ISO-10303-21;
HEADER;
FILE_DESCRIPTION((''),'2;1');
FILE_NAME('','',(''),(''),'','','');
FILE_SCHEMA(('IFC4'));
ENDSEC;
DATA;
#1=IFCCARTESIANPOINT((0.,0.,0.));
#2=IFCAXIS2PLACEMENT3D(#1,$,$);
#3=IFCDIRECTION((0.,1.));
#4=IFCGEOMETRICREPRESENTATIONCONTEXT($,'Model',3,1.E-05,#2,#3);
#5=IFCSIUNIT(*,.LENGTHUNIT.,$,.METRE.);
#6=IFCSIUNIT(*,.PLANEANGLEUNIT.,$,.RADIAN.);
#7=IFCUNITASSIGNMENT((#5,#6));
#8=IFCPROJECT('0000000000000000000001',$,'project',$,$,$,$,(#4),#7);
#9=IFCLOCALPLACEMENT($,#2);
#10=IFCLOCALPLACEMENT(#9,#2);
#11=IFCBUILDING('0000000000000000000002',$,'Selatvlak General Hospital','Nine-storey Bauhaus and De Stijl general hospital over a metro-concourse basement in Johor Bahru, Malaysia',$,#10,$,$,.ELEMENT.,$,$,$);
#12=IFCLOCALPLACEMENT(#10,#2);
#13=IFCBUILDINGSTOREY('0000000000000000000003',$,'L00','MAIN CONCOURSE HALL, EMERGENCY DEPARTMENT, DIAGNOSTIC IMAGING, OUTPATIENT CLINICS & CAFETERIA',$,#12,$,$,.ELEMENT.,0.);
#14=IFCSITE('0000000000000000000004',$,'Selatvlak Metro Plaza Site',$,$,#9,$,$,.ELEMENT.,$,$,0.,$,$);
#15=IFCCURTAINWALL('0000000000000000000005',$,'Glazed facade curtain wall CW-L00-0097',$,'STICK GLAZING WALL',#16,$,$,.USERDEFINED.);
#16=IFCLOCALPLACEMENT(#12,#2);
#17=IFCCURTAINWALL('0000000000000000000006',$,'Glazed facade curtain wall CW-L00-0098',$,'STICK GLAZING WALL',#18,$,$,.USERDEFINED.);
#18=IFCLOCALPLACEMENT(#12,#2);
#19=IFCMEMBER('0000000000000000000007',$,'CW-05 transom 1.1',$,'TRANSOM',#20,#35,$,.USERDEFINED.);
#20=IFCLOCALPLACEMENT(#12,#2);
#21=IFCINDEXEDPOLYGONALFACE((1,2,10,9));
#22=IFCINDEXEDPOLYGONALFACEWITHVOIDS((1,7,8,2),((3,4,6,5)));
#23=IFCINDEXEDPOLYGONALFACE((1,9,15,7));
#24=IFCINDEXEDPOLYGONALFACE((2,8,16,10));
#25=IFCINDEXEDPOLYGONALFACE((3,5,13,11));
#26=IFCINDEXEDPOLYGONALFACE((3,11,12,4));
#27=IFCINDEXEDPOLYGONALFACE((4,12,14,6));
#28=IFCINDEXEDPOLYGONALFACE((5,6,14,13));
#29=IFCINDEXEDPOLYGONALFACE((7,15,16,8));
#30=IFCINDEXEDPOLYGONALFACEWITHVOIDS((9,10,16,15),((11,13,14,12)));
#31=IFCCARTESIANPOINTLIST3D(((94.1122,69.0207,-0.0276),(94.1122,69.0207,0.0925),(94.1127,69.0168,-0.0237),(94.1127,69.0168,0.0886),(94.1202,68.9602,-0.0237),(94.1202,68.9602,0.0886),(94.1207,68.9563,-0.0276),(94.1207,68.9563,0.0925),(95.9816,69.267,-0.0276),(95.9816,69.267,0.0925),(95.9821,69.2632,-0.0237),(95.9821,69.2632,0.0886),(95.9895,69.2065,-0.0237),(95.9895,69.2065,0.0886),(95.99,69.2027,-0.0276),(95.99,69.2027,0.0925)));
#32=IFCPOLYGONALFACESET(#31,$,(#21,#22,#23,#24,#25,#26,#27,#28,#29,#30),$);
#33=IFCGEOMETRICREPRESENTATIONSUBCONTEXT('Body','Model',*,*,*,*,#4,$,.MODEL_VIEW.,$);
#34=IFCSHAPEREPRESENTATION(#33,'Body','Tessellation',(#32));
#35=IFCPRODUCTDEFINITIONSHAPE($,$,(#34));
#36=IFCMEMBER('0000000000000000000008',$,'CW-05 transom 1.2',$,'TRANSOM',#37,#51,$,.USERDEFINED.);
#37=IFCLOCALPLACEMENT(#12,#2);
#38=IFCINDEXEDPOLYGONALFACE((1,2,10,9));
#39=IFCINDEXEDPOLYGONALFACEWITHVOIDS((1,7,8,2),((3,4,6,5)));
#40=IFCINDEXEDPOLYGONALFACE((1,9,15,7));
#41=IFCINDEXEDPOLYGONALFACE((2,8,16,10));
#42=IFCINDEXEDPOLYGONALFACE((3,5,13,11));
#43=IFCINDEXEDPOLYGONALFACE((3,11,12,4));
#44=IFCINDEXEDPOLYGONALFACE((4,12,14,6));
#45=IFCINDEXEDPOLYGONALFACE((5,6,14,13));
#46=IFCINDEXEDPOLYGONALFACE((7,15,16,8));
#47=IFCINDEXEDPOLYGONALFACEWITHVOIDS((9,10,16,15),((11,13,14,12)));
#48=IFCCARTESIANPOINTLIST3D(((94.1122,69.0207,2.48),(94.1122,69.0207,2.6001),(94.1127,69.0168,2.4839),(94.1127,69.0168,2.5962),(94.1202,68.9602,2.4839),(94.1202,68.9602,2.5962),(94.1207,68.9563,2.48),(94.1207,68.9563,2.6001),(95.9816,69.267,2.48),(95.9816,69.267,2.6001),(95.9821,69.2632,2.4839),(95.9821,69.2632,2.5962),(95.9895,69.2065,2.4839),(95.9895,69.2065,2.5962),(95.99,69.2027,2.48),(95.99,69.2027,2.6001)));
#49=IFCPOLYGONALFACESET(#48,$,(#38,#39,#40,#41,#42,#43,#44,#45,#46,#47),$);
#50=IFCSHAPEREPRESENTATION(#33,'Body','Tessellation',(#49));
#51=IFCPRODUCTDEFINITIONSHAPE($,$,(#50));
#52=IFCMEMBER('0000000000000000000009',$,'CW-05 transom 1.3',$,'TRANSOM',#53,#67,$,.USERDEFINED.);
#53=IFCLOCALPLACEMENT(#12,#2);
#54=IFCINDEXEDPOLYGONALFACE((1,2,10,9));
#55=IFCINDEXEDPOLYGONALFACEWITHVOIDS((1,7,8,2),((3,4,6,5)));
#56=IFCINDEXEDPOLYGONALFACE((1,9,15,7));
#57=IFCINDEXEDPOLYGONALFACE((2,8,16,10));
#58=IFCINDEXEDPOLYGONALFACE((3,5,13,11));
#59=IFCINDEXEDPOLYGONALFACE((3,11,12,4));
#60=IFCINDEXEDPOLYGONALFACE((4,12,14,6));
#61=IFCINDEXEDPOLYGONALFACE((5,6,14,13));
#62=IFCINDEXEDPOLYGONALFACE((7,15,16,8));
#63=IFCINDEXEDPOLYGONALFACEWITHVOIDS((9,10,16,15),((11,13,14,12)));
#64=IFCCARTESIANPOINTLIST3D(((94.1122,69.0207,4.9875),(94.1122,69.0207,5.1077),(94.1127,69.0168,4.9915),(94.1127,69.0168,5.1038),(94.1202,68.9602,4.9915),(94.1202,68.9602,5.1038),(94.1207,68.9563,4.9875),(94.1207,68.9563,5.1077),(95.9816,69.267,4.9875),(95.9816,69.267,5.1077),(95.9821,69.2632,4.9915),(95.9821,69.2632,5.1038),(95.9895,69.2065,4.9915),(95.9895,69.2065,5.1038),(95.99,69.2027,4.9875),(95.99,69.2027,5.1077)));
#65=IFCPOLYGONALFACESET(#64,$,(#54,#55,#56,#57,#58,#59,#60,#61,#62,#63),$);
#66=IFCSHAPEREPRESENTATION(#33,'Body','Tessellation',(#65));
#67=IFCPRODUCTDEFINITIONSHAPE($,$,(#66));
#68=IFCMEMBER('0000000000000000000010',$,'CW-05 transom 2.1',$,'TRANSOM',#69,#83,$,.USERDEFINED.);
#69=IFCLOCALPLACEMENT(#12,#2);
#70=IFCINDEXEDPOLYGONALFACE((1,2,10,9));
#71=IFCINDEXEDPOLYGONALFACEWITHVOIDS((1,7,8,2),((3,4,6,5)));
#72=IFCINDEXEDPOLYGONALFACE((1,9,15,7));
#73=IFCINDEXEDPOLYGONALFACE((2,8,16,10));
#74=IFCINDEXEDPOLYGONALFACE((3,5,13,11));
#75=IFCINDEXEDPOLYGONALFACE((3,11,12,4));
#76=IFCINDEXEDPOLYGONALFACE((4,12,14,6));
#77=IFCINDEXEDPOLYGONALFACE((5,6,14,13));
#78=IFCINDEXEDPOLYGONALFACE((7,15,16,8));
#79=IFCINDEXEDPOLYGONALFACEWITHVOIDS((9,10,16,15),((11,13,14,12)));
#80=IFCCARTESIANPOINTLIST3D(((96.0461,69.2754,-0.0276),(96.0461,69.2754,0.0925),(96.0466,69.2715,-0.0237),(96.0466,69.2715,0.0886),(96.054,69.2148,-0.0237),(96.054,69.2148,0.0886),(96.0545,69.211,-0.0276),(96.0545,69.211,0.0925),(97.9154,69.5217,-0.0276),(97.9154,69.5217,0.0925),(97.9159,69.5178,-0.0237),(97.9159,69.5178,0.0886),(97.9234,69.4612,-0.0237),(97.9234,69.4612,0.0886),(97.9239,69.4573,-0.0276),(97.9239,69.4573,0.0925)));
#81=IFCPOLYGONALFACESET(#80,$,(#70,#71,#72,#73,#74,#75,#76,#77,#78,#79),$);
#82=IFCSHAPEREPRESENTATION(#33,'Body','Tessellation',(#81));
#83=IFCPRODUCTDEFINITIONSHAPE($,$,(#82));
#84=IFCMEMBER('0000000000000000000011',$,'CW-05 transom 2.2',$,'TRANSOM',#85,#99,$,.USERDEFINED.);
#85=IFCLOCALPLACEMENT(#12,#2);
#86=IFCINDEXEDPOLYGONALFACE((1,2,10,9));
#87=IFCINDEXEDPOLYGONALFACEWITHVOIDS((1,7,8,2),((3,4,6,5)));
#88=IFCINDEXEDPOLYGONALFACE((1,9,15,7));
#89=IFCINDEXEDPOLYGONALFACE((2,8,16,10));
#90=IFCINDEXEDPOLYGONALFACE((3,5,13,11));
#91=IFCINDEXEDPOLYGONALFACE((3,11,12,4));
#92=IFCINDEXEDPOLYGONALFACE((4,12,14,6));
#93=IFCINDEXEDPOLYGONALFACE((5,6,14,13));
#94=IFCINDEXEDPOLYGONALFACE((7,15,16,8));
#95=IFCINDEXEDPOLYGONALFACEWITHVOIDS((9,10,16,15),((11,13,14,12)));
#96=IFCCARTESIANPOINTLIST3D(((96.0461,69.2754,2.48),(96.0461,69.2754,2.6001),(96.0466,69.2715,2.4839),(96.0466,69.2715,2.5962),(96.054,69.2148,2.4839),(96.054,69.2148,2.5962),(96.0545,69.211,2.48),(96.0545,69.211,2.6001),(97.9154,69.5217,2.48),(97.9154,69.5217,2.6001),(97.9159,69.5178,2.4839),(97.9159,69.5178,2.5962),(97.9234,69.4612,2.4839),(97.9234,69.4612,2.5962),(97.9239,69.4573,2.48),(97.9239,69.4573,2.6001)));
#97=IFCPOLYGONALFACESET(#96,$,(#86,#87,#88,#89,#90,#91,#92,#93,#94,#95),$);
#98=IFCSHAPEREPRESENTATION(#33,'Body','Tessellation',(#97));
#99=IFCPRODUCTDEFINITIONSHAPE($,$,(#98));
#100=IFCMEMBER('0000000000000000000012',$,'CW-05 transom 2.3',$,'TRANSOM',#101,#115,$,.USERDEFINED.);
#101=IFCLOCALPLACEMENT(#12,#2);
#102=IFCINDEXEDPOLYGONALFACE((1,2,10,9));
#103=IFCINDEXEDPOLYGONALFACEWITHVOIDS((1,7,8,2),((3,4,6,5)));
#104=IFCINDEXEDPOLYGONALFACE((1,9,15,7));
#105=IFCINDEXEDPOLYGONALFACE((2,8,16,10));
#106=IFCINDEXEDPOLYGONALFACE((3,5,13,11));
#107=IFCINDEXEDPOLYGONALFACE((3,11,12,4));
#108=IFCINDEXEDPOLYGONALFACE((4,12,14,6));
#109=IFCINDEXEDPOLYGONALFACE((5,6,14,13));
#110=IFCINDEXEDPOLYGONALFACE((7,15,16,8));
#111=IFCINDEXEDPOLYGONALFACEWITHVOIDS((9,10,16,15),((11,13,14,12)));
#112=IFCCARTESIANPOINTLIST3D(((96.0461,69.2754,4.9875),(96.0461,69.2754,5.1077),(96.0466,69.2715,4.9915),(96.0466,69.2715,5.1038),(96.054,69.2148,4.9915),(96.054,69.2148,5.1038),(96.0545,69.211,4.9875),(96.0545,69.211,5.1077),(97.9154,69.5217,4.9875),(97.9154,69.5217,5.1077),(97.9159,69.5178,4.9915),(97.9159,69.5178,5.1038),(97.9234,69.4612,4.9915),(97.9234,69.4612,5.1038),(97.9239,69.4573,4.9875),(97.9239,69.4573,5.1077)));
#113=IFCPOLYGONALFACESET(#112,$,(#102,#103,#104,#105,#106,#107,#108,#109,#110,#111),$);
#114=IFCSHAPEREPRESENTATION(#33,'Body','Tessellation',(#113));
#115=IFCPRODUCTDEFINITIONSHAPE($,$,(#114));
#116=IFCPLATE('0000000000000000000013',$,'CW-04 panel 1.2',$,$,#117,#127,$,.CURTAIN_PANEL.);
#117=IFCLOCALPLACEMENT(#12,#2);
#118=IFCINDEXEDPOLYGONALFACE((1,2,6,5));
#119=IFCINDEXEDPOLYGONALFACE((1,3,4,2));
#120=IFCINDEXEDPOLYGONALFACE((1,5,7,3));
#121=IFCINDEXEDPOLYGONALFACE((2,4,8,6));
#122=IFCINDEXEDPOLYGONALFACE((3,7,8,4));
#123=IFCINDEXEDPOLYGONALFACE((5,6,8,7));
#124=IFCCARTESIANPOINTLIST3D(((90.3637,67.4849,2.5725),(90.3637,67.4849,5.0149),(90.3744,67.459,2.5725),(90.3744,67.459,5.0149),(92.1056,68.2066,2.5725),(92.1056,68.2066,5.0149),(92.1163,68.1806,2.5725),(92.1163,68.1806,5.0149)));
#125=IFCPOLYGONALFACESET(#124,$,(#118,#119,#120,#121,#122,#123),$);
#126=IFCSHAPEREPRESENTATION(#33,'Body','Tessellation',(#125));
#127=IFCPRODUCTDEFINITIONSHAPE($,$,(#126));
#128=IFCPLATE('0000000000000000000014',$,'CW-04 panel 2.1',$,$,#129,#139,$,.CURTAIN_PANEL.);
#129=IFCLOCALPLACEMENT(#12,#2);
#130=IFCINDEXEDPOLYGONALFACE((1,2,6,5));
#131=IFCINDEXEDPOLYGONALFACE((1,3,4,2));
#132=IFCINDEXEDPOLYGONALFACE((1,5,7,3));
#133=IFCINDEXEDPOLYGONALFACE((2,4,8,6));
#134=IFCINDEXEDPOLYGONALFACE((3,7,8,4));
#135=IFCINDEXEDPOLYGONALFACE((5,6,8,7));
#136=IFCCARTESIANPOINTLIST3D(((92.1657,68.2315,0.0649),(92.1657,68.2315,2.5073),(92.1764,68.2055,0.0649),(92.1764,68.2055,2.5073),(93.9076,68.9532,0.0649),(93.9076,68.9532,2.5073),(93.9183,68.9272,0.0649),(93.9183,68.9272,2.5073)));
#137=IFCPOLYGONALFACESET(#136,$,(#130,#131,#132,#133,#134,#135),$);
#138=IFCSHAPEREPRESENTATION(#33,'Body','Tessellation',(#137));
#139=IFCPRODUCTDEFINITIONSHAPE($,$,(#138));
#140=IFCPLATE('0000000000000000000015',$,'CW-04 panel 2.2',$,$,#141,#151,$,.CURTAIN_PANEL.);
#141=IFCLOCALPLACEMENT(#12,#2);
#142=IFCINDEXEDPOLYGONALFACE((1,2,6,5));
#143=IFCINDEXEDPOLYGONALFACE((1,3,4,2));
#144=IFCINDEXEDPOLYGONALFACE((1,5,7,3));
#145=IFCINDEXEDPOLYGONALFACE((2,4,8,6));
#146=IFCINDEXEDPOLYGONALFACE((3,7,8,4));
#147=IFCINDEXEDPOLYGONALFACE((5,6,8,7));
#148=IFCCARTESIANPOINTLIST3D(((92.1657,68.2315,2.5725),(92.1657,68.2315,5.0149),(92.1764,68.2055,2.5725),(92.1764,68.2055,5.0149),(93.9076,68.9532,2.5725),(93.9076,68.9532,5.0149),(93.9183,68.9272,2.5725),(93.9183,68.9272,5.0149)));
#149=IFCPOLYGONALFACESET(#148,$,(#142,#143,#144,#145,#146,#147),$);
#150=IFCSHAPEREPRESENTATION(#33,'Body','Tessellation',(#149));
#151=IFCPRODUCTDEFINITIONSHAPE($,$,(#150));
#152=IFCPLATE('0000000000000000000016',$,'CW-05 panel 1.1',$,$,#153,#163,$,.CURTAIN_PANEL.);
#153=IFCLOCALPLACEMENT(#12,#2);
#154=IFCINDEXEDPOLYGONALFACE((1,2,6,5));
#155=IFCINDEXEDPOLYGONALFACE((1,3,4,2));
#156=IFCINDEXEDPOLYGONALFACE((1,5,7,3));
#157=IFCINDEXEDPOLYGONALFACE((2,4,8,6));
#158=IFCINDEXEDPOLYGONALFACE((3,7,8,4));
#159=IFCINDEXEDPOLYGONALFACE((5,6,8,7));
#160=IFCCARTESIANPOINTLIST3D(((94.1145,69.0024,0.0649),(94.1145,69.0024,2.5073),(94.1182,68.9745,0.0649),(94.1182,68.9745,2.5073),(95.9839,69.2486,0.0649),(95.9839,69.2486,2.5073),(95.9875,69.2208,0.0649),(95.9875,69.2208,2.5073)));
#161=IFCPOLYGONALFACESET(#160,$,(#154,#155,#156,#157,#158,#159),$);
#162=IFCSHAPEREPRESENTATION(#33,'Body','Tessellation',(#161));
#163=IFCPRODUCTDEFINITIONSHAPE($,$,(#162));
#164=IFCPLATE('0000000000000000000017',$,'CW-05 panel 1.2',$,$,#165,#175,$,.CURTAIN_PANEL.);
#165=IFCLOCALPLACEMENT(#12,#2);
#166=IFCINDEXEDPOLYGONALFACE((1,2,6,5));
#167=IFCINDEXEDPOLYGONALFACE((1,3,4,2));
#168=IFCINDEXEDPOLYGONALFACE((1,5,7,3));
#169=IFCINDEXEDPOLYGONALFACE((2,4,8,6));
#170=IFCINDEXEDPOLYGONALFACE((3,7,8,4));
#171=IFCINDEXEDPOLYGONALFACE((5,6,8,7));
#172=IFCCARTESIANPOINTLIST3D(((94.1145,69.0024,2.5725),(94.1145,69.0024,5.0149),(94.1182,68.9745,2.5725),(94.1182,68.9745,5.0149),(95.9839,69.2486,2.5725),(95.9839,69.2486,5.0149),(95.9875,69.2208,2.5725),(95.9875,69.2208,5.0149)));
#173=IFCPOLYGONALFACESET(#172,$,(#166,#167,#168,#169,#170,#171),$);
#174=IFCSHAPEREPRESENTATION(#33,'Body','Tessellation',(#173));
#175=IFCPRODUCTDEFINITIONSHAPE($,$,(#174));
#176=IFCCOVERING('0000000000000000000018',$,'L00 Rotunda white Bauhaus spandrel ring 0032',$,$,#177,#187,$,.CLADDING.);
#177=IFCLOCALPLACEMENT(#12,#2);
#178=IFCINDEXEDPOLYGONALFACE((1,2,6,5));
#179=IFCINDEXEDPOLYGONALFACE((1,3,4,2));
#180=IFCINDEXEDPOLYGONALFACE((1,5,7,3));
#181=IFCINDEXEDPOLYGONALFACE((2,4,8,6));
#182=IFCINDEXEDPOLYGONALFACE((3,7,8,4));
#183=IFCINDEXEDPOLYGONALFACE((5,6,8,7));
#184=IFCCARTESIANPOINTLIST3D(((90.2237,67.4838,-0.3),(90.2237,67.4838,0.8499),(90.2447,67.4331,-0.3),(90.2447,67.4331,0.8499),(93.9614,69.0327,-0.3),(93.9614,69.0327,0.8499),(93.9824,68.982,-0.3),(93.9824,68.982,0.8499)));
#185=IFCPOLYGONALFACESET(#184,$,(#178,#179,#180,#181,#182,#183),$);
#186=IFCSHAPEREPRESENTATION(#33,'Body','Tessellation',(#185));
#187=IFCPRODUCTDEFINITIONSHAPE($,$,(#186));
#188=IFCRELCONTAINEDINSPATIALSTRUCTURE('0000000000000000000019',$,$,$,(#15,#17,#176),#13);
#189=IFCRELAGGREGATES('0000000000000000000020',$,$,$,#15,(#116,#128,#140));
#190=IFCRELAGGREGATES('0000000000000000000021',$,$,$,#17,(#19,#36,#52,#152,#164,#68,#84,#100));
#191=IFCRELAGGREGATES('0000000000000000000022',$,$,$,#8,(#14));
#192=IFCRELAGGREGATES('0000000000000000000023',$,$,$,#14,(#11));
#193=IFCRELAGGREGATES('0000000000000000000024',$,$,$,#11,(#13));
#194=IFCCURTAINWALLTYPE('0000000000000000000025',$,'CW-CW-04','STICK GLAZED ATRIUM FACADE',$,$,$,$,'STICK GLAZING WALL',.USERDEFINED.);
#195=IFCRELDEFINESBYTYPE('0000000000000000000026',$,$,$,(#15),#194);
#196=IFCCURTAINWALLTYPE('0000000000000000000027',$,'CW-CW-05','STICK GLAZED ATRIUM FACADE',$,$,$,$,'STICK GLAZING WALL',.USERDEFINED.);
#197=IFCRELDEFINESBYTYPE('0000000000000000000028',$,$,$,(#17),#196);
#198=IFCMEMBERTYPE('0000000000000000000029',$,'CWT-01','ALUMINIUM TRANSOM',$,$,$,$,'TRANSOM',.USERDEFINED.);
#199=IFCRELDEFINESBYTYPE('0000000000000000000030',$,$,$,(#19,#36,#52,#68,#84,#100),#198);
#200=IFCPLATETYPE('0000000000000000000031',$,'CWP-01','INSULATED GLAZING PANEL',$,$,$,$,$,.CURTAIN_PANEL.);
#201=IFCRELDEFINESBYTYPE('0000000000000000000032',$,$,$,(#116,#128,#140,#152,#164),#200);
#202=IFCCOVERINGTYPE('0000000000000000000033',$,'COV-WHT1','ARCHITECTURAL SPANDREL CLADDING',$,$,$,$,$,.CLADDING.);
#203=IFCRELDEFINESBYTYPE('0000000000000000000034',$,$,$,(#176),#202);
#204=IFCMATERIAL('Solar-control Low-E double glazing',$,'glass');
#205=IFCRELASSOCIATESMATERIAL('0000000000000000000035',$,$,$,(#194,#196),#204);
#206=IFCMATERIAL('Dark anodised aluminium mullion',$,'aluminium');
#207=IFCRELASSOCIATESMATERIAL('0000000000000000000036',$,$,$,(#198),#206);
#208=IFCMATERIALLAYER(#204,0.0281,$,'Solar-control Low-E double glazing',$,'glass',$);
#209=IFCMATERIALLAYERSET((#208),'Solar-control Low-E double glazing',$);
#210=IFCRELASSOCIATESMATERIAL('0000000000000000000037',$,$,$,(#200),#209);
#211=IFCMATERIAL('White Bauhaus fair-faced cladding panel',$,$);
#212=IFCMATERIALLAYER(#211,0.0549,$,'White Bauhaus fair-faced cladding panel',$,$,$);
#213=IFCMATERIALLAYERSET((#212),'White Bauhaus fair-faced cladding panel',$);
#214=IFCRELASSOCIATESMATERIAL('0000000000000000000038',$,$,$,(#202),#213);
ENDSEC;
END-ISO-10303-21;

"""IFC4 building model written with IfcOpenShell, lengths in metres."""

from ifc_helpers import new_model, si_unit, direction, frame, origin, origin_2d, place, context, subcontext, project, spatial, rectangle, hollow_rectangle, extrude, material, layer, layer_set, material_profile, profile_set, type_object, element, aggregate, save


model = new_model("IFC4")

# Units and contexts
model_context = context("Model", 3, precision=1e-05, world=origin(), true_north=direction((0.0, 1.0)))
body_context = subcontext(model_context, "Body", "Model", "MODEL_VIEW")
ifc_project = project(units=[si_unit("LENGTHUNIT", "METRE"), si_unit("PLANEANGLEUNIT", "RADIAN")], contexts=[model_context])

# Site, building, storey
site_placement = place(None, origin())
site = spatial("IfcSite", under=ifc_project, at=site_placement, Name="Selatvlak Metro Plaza Site", CompositionType="ELEMENT", RefElevation=0.0)
building_placement = place(site_placement, origin())
building = spatial("IfcBuilding", under=site, at=building_placement, Name="Selatvlak General Hospital", Description="Nine-storey Bauhaus and De Stijl general hospital over a metro-concourse basement in Johor Bahru, Malaysia", CompositionType="ELEMENT")
storey_placement = place(building_placement, origin())
storey = spatial("IfcBuildingStorey", under=building, at=storey_placement, Name="L00", Description="MAIN CONCOURSE HALL, EMERGENCY DEPARTMENT, DIAGNOSTIC IMAGING, OUTPATIENT CLINICS & CAFETERIA", CompositionType="ELEMENT", Elevation=0.0)

# Curtain walls
ifc_material_1 = material(Name="Solar-control Low-E double glazing", Category="glass")
curtain_wall_type_1 = type_object("IfcCurtainWallType", Name="CW-CW-04", Description="STICK GLAZED ATRIUM FACADE", ElementType="STICK GLAZING WALL", PredefinedType="USERDEFINED", material=ifc_material_1)
curtain_wall_1_placement = place(storey_placement, origin())
curtain_wall_1 = element("IfcCurtainWall", 1, at=curtain_wall_1_placement, inside=storey, type_object=curtain_wall_type_1, Name="Glazed facade curtain wall CW-L00-0097", ObjectType="STICK GLAZING WALL", PredefinedType="USERDEFINED")
ifc_material_2 = material(Name="Dark anodised aluminium mullion", Category="aluminium")
curtain_wall_type_2 = type_object("IfcCurtainWallType", Name="CW-CW-05", Description="STICK GLAZED ATRIUM FACADE", ElementType="STICK GLAZING WALL", PredefinedType="USERDEFINED", material=ifc_material_1)
curtain_wall_2_placement = place(storey_placement, origin())
curtain_wall_2 = element("IfcCurtainWall", 2, at=curtain_wall_2_placement, inside=storey, type_object=curtain_wall_type_2, Name="Glazed facade curtain wall CW-L00-0098", ObjectType="STICK GLAZING WALL", PredefinedType="USERDEFINED")

# Members
ifc_material_profile_1 = material_profile(ifc_material_2, hollow_rectangle(XDim=0.0649, YDim=0.1201, WallThickness=0.0039, at=origin_2d()), Name="AL-TRN 65x120x4")
ifc_profile_set_1 = profile_set([ifc_material_profile_1], Name="Dark anodised aluminium mullion")
member_type_1 = type_object("IfcMemberType", Name="CWT-01", Description="ALUMINIUM TRANSOM", ElementType="TRANSOM", PredefinedType="USERDEFINED", material=ifc_profile_set_1)
member_1_placement = place(storey_placement, frame((94.1165, 68.9885, 0.0325), z_axis=(0.991429, 0.130645, 0.0), x_axis=(-0.130645, 0.991429, 0.0)))
member_1 = element("IfcMember", 3, at=member_1_placement, type_object=member_type_1, Name="CW-05 transom 1.1", ObjectType="TRANSOM", PredefinedType="USERDEFINED", context=body_context, shape_type="SweptSolid", body=[
    extrude(hollow_rectangle(XDim=0.0649, YDim=0.1201, WallThickness=0.0039, at=origin_2d()), origin(), (0.0, 0.0, 1.0), 1.8855),
])
member_2_placement = place(storey_placement, frame((94.1165, 68.9885, 2.54), z_axis=(0.991429, 0.130645, 0.0), x_axis=(-0.130645, 0.991429, 0.0)))
member_2 = element("IfcMember", 4, at=member_2_placement, type_object=member_type_1, Name="CW-05 transom 1.2", ObjectType="TRANSOM", PredefinedType="USERDEFINED", context=body_context, shape_type="SweptSolid", body=[
    extrude(hollow_rectangle(XDim=0.0649, YDim=0.1201, WallThickness=0.0039, at=origin_2d()), origin(), (0.0, 0.0, 1.0), 1.8855),
])
member_3_placement = place(storey_placement, frame((94.1165, 68.9885, 5.0476), z_axis=(0.991429, 0.130645, 0.0), x_axis=(-0.130645, 0.991429, 0.0)))
member_3 = element("IfcMember", 5, at=member_3_placement, type_object=member_type_1, Name="CW-05 transom 1.3", ObjectType="TRANSOM", PredefinedType="USERDEFINED", context=body_context, shape_type="SweptSolid", body=[
    extrude(hollow_rectangle(XDim=0.0649, YDim=0.1201, WallThickness=0.0039, at=origin_2d()), origin(), (0.0, 0.0, 1.0), 1.8855),
])
member_4_placement = place(storey_placement, frame((96.0503, 69.2432, 0.0325), z_axis=(0.991429, 0.130645, 0.0), x_axis=(-0.130645, 0.991429, 0.0)))
member_4 = element("IfcMember", 6, at=member_4_placement, type_object=member_type_1, Name="CW-05 transom 2.1", ObjectType="TRANSOM", PredefinedType="USERDEFINED", context=body_context, shape_type="SweptSolid", body=[
    extrude(hollow_rectangle(XDim=0.0649, YDim=0.1201, WallThickness=0.0039, at=origin_2d()), origin(), (0.0, 0.0, 1.0), 1.8855),
])
member_5_placement = place(storey_placement, frame((96.0503, 69.2432, 2.54), z_axis=(0.991429, 0.130645, 0.0), x_axis=(-0.130645, 0.991429, 0.0)))
member_5 = element("IfcMember", 7, at=member_5_placement, type_object=member_type_1, Name="CW-05 transom 2.2", ObjectType="TRANSOM", PredefinedType="USERDEFINED", context=body_context, shape_type="SweptSolid", body=[
    extrude(hollow_rectangle(XDim=0.0649, YDim=0.1201, WallThickness=0.0039, at=origin_2d()), origin(), (0.0, 0.0, 1.0), 1.8855),
])
member_6_placement = place(storey_placement, frame((96.0503, 69.2432, 5.0476), z_axis=(0.991429, 0.130645, 0.0), x_axis=(-0.130645, 0.991429, 0.0)))
member_6 = element("IfcMember", 8, at=member_6_placement, type_object=member_type_1, Name="CW-05 transom 2.3", ObjectType="TRANSOM", PredefinedType="USERDEFINED", context=body_context, shape_type="SweptSolid", body=[
    extrude(hollow_rectangle(XDim=0.0649, YDim=0.1201, WallThickness=0.0039, at=origin_2d()), origin(), (0.0, 0.0, 1.0), 1.8855),
])

# Plates
ifc_layer_1 = layer(ifc_material_1, 0.0281, Name="Solar-control Low-E double glazing", Category="glass")
ifc_layer_set_1 = layer_set([ifc_layer_1], Name="Solar-control Low-E double glazing")
plate_type = type_object("IfcPlateType", Name="CWP-01", Description="INSULATED GLAZING PANEL", PredefinedType="CURTAIN_PANEL", material=ifc_layer_set_1)
plate_1_placement = place(storey_placement, frame((91.24, 67.8328, 2.5725), z_axis=(0.0, 0.0, 1.0), x_axis=(0.923851, 0.382753, 0.0)))
plate_1 = element("IfcPlate", 9, at=plate_1_placement, type_object=plate_type, Name="CW-04 panel 1.2", PredefinedType="CURTAIN_PANEL", context=body_context, shape_type="SweptSolid", body=[
    extrude(rectangle(XDim=1.8855, YDim=0.0281, at=origin_2d()), origin(), (0.0, 0.0, 1.0), 2.4424),
])
plate_2_placement = place(storey_placement, frame((93.042, 68.5793, 0.0649), z_axis=(0.0, 0.0, 1.0), x_axis=(0.923851, 0.382753, 0.0)))
plate_2 = element("IfcPlate", 10, at=plate_2_placement, type_object=plate_type, Name="CW-04 panel 2.1", PredefinedType="CURTAIN_PANEL", context=body_context, shape_type="SweptSolid", body=[
    extrude(rectangle(XDim=1.8855, YDim=0.0281, at=origin_2d()), origin(), (0.0, 0.0, 1.0), 2.4424),
])
plate_3_placement = place(storey_placement, frame((93.042, 68.5793, 2.5725), z_axis=(0.0, 0.0, 1.0), x_axis=(0.923851, 0.382753, 0.0)))
plate_3 = element("IfcPlate", 11, at=plate_3_placement, type_object=plate_type, Name="CW-04 panel 2.2", PredefinedType="CURTAIN_PANEL", context=body_context, shape_type="SweptSolid", body=[
    extrude(rectangle(XDim=1.8855, YDim=0.0281, at=origin_2d()), origin(), (0.0, 0.0, 1.0), 2.4424),
])
aggregate(curtain_wall_1, [plate_1, plate_2, plate_3])
plate_4_placement = place(storey_placement, frame((95.051, 69.1116, 0.0649), z_axis=(0.0, 0.0, 1.0), x_axis=(0.991434, 0.130611, 0.0)))
plate_4 = element("IfcPlate", 12, at=plate_4_placement, type_object=plate_type, Name="CW-05 panel 1.1", PredefinedType="CURTAIN_PANEL", context=body_context, shape_type="SweptSolid", body=[
    extrude(rectangle(XDim=1.8855, YDim=0.0281, at=origin_2d()), origin(), (0.0, 0.0, 1.0), 2.4424),
])
plate_5_placement = place(storey_placement, frame((95.051, 69.1116, 2.5725), z_axis=(0.0, 0.0, 1.0), x_axis=(0.991434, 0.130611, 0.0)))
plate_5 = element("IfcPlate", 13, at=plate_5_placement, type_object=plate_type, Name="CW-05 panel 1.2", PredefinedType="CURTAIN_PANEL", context=body_context, shape_type="SweptSolid", body=[
    extrude(rectangle(XDim=1.8855, YDim=0.0281, at=origin_2d()), origin(), (0.0, 0.0, 1.0), 2.4424),
])
aggregate(curtain_wall_2, [member_1, member_2, member_3, plate_4, plate_5, member_4, member_5, member_6])

# Covering
ifc_material_3 = material(Name="White Bauhaus fair-faced cladding panel")
ifc_layer_2 = layer(ifc_material_3, 0.0549, Name="White Bauhaus fair-faced cladding panel")
ifc_layer_set_2 = layer_set([ifc_layer_2], Name="White Bauhaus fair-faced cladding panel")
covering_type = type_object("IfcCoveringType", Name="COV-WHT1", Description="ARCHITECTURAL SPANDREL CLADDING", PredefinedType="CLADDING", material=ifc_layer_set_2)
covering_placement = place(storey_placement, frame((92.103, 68.2329, -0.3), z_axis=(0.0, 0.0, 1.0), x_axis=(0.923819, 0.382829, 0.0)))
element("IfcCovering", 14, at=covering_placement, inside=storey, type_object=covering_type, Name="L00 Rotunda white Bauhaus spandrel ring 0032", PredefinedType="CLADDING", context=body_context, shape_type="SweptSolid", body=[
    extrude(rectangle(XDim=4.0459, YDim=0.0549, at=origin_2d()), origin(), (0.0, 0.0, 1.0), 1.1499),
])

save(model, "model.ifc")
